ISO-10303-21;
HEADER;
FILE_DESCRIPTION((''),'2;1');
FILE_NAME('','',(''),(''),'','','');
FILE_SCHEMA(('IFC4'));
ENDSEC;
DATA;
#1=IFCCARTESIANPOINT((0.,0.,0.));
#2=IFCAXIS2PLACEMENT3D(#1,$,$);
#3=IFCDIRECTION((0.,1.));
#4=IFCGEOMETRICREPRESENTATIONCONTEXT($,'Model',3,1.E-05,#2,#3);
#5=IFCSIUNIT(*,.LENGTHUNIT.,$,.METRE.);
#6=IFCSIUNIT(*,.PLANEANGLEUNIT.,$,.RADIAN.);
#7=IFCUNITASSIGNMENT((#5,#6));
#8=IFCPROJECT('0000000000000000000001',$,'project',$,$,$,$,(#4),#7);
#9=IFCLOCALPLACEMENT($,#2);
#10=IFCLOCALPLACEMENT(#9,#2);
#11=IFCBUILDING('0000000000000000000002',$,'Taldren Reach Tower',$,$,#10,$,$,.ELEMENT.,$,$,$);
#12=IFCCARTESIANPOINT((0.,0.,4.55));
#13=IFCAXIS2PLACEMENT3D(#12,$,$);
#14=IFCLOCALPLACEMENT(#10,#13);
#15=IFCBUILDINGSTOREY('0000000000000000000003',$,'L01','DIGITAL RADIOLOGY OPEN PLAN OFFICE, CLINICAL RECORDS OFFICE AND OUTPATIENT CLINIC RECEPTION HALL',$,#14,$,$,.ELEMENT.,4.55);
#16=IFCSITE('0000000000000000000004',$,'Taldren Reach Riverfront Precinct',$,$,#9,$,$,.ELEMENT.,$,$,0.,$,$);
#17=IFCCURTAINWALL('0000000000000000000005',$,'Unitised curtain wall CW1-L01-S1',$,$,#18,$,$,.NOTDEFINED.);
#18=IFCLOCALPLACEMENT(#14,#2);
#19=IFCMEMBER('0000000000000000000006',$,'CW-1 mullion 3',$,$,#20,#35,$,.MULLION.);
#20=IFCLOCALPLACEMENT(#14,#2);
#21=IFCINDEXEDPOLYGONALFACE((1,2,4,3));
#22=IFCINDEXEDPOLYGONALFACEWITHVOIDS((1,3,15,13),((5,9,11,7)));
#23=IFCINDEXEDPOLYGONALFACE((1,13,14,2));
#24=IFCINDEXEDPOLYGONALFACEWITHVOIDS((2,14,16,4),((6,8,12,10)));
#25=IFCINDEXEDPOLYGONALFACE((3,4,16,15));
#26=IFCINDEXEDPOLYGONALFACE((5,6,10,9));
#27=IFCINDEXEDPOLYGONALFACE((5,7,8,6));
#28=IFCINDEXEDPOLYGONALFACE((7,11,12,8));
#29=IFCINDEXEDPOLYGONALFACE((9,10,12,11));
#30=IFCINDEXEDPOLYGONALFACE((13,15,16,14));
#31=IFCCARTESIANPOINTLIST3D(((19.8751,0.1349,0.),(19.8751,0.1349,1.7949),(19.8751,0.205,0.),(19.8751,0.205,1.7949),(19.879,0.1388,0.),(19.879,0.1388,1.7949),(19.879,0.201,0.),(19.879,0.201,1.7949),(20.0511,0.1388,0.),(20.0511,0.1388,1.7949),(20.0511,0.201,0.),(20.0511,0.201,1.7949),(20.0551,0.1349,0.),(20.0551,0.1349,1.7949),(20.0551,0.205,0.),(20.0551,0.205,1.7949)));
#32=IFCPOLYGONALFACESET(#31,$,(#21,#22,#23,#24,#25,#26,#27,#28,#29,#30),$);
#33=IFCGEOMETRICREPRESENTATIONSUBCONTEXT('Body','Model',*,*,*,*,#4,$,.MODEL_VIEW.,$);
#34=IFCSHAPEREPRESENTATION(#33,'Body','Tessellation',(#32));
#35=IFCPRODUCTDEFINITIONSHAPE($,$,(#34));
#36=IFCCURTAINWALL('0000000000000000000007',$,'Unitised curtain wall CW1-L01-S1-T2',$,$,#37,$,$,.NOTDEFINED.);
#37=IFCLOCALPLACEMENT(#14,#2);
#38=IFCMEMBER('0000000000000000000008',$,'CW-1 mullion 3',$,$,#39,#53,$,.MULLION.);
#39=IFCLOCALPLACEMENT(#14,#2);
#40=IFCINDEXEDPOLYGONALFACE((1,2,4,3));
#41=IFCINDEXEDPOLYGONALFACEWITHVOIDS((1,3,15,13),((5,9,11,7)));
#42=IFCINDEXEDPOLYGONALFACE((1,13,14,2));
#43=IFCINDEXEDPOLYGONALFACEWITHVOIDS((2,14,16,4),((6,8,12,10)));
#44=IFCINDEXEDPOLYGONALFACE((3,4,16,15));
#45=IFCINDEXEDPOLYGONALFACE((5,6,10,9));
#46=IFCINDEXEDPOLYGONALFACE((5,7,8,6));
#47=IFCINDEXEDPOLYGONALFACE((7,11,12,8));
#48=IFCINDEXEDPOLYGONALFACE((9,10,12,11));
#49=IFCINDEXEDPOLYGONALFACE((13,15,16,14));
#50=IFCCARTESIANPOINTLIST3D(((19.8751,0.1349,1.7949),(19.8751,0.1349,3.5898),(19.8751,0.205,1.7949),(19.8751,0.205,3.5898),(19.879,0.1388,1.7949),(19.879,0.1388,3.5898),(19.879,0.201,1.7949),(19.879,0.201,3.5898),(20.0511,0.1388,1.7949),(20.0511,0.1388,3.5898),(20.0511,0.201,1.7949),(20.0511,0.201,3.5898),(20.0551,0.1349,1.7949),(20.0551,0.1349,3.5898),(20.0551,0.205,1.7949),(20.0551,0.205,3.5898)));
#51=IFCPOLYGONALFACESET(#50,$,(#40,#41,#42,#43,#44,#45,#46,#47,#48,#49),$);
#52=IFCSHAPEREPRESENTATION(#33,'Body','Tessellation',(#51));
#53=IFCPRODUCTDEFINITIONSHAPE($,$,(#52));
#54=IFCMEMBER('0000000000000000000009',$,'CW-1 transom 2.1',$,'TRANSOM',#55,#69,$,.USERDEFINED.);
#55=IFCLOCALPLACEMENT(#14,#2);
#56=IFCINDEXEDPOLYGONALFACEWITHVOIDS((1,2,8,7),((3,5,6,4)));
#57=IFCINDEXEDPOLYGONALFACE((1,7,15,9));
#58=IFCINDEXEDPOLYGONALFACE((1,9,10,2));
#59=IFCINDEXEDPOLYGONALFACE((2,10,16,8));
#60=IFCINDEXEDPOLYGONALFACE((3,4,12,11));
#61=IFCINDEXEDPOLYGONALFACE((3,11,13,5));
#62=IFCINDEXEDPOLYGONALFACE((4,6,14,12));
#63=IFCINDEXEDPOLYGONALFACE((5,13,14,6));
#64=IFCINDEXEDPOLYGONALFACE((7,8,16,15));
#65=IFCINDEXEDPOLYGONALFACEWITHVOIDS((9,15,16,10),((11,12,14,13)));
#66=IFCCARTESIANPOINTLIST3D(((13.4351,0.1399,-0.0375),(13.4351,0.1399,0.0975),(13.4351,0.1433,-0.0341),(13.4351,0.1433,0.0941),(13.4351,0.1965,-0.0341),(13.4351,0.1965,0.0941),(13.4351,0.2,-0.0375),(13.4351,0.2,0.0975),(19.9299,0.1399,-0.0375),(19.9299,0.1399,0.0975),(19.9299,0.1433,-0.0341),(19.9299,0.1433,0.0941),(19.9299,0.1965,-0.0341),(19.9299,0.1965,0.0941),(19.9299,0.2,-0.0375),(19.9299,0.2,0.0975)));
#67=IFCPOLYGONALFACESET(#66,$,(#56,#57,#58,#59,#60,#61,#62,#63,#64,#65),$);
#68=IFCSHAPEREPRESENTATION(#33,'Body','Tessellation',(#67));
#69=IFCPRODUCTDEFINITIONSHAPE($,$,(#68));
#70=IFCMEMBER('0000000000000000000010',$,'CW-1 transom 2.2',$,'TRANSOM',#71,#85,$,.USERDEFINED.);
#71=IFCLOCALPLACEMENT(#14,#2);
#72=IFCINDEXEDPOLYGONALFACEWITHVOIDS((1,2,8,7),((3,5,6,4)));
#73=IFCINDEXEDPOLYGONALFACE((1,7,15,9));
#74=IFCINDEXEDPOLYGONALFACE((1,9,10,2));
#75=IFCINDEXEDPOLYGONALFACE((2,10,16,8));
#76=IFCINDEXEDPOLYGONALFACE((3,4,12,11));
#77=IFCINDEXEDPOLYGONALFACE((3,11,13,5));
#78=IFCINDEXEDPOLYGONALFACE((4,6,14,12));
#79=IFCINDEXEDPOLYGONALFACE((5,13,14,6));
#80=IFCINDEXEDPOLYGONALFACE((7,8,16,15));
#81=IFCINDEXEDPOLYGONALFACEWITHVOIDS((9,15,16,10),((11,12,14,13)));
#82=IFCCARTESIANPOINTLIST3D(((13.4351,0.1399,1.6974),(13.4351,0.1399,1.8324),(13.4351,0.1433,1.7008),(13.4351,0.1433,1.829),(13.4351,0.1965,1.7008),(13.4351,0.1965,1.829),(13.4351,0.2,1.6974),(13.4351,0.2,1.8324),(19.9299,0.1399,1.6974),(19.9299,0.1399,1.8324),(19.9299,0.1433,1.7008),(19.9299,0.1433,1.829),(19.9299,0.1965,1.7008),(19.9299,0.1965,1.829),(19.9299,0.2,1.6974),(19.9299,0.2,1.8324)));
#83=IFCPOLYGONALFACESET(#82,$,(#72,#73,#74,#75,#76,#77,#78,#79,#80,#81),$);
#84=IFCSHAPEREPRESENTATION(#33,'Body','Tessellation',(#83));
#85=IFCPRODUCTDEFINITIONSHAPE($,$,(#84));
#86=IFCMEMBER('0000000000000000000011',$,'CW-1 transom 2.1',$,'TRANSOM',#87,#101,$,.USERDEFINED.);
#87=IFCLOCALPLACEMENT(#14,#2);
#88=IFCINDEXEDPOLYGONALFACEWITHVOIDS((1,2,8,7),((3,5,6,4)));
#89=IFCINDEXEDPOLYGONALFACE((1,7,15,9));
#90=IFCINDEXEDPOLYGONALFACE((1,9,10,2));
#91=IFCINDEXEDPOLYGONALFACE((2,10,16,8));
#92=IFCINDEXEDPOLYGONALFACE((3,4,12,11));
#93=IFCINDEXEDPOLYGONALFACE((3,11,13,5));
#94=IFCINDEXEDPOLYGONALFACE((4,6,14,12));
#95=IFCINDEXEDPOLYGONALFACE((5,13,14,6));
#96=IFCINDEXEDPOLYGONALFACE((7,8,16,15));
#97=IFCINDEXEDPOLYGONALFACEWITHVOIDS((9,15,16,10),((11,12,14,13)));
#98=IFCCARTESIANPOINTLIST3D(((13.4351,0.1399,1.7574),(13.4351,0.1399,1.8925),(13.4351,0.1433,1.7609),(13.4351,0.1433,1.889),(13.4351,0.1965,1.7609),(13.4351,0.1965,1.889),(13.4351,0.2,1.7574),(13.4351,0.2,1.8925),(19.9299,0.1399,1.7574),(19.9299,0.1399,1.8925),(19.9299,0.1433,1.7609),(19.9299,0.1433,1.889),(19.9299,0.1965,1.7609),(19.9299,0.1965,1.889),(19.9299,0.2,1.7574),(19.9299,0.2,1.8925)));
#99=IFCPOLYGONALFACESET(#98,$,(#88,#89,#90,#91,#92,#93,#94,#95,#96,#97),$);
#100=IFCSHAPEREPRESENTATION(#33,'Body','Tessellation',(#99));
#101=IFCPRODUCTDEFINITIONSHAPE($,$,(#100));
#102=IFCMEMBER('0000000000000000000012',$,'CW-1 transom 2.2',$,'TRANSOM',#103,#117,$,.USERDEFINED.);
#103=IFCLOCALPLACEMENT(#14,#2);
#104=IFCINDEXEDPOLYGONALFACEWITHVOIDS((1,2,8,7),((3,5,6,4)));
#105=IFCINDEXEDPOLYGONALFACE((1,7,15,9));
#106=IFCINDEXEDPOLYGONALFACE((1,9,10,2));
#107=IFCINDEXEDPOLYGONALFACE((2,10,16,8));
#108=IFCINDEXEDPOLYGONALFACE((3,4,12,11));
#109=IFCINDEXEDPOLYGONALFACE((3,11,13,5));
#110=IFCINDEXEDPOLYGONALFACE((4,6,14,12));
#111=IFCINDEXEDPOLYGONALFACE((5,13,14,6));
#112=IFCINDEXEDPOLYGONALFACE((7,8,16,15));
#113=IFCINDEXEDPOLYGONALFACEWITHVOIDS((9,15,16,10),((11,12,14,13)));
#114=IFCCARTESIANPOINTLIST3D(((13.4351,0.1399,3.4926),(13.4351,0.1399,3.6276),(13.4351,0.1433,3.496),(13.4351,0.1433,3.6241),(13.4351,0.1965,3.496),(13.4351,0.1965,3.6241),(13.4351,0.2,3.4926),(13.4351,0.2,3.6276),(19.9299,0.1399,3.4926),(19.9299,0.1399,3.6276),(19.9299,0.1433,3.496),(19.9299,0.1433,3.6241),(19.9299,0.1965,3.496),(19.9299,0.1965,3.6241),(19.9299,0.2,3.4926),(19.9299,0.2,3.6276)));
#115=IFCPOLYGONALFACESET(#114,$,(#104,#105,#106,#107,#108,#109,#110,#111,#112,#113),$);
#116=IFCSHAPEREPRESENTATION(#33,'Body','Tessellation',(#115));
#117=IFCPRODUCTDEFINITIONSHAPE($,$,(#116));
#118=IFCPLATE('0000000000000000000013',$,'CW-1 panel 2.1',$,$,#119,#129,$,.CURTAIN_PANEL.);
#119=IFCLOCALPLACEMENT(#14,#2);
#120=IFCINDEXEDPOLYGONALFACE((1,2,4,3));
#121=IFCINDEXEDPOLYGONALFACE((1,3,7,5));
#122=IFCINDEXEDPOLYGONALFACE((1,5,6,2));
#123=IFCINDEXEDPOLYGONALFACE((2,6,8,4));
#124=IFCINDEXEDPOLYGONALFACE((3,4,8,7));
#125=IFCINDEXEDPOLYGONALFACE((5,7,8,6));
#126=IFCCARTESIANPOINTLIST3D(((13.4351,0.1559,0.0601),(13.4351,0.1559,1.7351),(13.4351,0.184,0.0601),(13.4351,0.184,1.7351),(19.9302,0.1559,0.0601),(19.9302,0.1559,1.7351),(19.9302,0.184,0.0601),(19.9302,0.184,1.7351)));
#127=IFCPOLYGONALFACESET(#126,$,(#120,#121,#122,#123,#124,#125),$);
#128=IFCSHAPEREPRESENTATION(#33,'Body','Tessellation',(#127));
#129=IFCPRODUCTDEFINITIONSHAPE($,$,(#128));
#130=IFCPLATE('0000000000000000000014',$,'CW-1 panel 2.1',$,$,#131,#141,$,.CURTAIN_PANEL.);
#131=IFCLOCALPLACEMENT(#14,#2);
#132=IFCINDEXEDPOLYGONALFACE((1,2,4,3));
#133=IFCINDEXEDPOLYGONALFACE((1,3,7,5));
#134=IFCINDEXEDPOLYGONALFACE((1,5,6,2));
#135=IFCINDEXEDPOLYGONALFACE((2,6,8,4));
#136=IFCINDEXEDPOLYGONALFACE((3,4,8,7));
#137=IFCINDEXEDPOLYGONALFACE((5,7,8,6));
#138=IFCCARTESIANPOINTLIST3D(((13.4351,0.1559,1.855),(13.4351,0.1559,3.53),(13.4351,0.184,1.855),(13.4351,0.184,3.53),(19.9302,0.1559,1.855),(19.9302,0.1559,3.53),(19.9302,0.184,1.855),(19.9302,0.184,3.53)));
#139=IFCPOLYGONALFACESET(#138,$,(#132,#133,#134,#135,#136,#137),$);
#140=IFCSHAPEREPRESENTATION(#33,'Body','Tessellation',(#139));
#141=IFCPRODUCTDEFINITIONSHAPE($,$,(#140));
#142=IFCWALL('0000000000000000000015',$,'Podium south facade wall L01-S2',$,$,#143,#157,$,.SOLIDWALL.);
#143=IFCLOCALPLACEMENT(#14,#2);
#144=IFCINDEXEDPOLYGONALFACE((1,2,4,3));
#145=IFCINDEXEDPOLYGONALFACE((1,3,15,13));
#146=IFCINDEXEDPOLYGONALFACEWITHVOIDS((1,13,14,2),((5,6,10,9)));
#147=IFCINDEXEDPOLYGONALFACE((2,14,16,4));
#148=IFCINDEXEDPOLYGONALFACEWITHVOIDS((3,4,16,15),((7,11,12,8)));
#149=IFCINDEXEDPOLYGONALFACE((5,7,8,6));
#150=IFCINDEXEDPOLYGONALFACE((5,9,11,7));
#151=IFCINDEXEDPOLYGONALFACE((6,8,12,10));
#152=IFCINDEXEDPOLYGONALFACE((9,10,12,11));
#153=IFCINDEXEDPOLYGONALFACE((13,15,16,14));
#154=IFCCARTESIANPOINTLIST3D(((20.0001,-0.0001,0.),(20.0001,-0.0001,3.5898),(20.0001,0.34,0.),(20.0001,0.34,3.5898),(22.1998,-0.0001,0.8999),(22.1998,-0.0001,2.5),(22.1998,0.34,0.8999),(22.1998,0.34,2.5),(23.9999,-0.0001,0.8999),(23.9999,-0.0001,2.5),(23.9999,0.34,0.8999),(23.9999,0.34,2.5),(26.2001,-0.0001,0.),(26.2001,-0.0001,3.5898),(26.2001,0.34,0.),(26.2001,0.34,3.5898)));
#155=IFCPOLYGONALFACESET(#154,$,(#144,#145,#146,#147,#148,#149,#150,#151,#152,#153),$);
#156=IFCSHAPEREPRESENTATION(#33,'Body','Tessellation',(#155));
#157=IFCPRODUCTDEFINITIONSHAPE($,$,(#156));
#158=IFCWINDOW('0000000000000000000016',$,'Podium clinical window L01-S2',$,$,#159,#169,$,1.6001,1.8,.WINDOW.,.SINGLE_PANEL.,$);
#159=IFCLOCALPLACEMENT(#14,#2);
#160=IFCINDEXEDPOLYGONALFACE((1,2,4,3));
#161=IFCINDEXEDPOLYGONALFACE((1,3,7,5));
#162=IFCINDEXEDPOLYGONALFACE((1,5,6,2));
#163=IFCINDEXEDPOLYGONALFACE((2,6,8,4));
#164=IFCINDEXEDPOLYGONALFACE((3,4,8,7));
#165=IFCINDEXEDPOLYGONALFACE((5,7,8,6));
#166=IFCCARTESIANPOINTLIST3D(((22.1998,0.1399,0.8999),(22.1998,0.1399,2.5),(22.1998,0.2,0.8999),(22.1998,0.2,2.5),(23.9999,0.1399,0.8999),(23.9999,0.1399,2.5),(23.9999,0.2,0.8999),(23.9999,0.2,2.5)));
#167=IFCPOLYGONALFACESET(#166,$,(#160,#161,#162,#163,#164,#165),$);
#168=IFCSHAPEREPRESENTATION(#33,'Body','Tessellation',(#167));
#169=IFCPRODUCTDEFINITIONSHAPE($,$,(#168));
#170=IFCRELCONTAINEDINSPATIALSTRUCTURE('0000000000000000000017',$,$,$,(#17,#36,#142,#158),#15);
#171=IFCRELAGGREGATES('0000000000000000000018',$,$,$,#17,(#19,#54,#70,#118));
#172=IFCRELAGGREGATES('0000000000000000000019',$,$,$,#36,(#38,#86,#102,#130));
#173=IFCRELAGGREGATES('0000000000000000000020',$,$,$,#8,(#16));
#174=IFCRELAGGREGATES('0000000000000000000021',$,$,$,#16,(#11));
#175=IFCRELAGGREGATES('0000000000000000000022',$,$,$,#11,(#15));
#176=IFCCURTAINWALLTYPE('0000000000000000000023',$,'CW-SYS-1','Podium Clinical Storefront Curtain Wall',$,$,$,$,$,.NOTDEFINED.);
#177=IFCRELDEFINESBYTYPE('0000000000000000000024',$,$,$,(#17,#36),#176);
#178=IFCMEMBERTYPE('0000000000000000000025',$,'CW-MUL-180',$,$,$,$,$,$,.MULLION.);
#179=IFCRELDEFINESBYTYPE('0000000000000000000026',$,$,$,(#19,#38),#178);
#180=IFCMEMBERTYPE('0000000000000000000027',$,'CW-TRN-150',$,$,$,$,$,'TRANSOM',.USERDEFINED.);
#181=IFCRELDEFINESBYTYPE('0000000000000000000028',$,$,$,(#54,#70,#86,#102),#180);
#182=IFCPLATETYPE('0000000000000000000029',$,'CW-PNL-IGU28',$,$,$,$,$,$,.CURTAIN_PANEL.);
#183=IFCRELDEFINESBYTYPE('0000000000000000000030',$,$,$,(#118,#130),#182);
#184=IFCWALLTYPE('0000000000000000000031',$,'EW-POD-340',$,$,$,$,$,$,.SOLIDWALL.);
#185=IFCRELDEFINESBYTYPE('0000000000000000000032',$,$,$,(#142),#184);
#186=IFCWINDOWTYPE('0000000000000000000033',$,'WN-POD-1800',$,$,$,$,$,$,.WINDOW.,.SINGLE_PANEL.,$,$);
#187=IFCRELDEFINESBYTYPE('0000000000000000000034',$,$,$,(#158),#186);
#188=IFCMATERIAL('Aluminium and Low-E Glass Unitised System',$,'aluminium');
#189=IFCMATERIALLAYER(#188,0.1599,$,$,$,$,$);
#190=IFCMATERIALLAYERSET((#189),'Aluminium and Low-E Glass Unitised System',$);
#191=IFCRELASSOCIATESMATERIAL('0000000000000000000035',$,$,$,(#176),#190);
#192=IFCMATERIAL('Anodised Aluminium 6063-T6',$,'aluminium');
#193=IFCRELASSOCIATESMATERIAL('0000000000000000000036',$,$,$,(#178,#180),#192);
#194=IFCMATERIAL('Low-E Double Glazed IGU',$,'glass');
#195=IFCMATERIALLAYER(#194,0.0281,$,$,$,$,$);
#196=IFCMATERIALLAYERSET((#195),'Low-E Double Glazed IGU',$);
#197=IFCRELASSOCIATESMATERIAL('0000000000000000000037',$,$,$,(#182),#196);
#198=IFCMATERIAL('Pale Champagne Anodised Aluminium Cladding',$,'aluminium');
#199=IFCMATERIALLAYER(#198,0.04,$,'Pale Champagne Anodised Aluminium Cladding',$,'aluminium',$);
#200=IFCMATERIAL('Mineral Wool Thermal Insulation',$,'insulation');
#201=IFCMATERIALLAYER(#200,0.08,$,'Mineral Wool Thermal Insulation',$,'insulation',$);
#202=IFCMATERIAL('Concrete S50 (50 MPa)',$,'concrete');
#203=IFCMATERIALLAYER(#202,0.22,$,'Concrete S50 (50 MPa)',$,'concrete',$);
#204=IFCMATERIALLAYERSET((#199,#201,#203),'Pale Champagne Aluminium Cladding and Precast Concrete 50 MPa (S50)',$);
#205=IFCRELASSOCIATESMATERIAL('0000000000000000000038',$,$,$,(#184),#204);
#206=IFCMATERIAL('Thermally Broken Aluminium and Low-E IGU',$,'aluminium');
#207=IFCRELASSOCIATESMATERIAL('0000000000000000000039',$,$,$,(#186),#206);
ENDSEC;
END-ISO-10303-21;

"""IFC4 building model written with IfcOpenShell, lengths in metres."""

from ifc_helpers import new_model, si_unit, direction, frame, frame_2d, origin, origin_2d, place, context, subcontext, project, spatial, rectangle, hollow_rectangle, extrude, source, transform, mapped, material, layer, layer_set, material_profile, profile_set, type_object, element, fill, aggregate, save


model = new_model("IFC4")

# Units and contexts
model_context = context("Model", 3, precision=1e-05, world=origin(), true_north=direction((0.0, 1.0)))
body_context = subcontext(model_context, "Body", "Model", "MODEL_VIEW")
ifc_project = project(units=[si_unit("LENGTHUNIT", "METRE"), si_unit("PLANEANGLEUNIT", "RADIAN")], contexts=[model_context])

# Site, building, storey
site_placement = place(None, origin())
site = spatial("IfcSite", under=ifc_project, at=site_placement, Name="Taldren Reach Riverfront Precinct", CompositionType="ELEMENT", RefElevation=0.0)
building_placement = place(site_placement, origin())
building = spatial("IfcBuilding", under=site, at=building_placement, Name="Taldren Reach Tower", CompositionType="ELEMENT")
storey_placement = place(building_placement, frame((0.0, 0.0, 4.55)))
storey = spatial("IfcBuildingStorey", under=building, at=storey_placement, Name="L01", Description="DIGITAL RADIOLOGY OPEN PLAN OFFICE, CLINICAL RECORDS OFFICE AND OUTPATIENT CLINIC RECEPTION HALL", CompositionType="ELEMENT", Elevation=4.55)

# Curtain walls, members
ifc_material_1 = material(Name="Aluminium and Low-E Glass Unitised System", Category="aluminium")
ifc_layer_1 = layer(ifc_material_1, 0.1599)
ifc_layer_set_1 = layer_set([ifc_layer_1], Name="Aluminium and Low-E Glass Unitised System")
curtain_wall_type = type_object("IfcCurtainWallType", Name="CW-SYS-1", Description="Podium Clinical Storefront Curtain Wall", PredefinedType="NOTDEFINED", material=ifc_layer_set_1)
curtain_wall_1_placement = place(storey_placement, origin())
curtain_wall_1 = element("IfcCurtainWall", 1, at=curtain_wall_1_placement, inside=storey, type_object=curtain_wall_type, Name="Unitised curtain wall CW1-L01-S1", PredefinedType="NOTDEFINED")
ifc_material_2 = material(Name="Anodised Aluminium 6063-T6", Category="aluminium")
ifc_material_profile_1 = material_profile(ifc_material_2, hollow_rectangle(XDim=0.0701, YDim=0.1799, WallThickness=0.0039, at=origin_2d()), Name="ALU-180x70x4RHS")
ifc_profile_set_1 = profile_set([ifc_material_profile_1], Name="Anodised Aluminium 6063-T6")
member_type_1 = type_object("IfcMemberType", Name="CW-MUL-180", PredefinedType="MULLION", material=ifc_profile_set_1)
shared_shape_1 = source(origin(), body_context, "Body", "SweptSolid", [
    extrude(hollow_rectangle(XDim=0.0701, YDim=0.1799, WallThickness=0.0039, at=origin_2d()), origin(), (0.0, 0.0, 1.0), 1.7949),
])
member_1_placement = place(storey_placement, frame((19.9651, 0.1699, 0.0), z_axis=(0.0, 0.0, 1.0), x_axis=(0.0, 1.0, 0.0)))
member_1 = element("IfcMember", 2, at=member_1_placement, type_object=member_type_1, Name="CW-1 mullion 3", PredefinedType="MULLION", context=body_context, shape_type="MappedRepresentation", body=[
    mapped(shared_shape_1, transform((0.0, 0.0, 0.0), scale=1.0)),
])
curtain_wall_2_placement = place(storey_placement, origin())
curtain_wall_2 = element("IfcCurtainWall", 3, at=curtain_wall_2_placement, inside=storey, type_object=curtain_wall_type, Name="Unitised curtain wall CW1-L01-S1-T2", PredefinedType="NOTDEFINED")
member_2_placement = place(storey_placement, frame((19.9651, 0.1699, 1.7949), z_axis=(0.0, 0.0, 1.0), x_axis=(0.0, 1.0, 0.0)))
member_2 = element("IfcMember", 4, at=member_2_placement, type_object=member_type_1, Name="CW-1 mullion 3", PredefinedType="MULLION", context=body_context, shape_type="MappedRepresentation", body=[
    mapped(shared_shape_1, transform((0.0, 0.0, 0.0), scale=1.0)),
])

# Members
ifc_material_profile_2 = material_profile(ifc_material_2, hollow_rectangle(XDim=0.0601, YDim=0.135, WallThickness=0.0034, at=origin_2d()), Name="ALU-135x60x3.5RHS")
ifc_profile_set_2 = profile_set([ifc_material_profile_2], Name="Anodised Aluminium 6063-T6")
member_type_2 = type_object("IfcMemberType", Name="CW-TRN-150", ElementType="TRANSOM", PredefinedType="USERDEFINED", material=ifc_profile_set_2)
shared_shape_2 = source(origin(), body_context, "Body", "SweptSolid", [
    extrude(hollow_rectangle(XDim=0.0601, YDim=0.135, WallThickness=0.0034, at=origin_2d()), origin(), (0.0, 0.0, 1.0), 6.4949),
])
member_3_placement = place(storey_placement, frame((13.4351, 0.1699, 0.03), z_axis=(1.0, 0.0, 0.0), x_axis=(0.0, 1.0, 0.0)))
member_3 = element("IfcMember", 5, at=member_3_placement, type_object=member_type_2, Name="CW-1 transom 2.1", ObjectType="TRANSOM", PredefinedType="USERDEFINED", context=body_context, shape_type="MappedRepresentation", body=[
    mapped(shared_shape_2, transform((0.0, 0.0, 0.0), scale=1.0)),
])
member_4_placement = place(storey_placement, frame((13.4351, 0.1699, 1.7649), z_axis=(1.0, 0.0, 0.0), x_axis=(0.0, 1.0, 0.0)))
member_4 = element("IfcMember", 6, at=member_4_placement, type_object=member_type_2, Name="CW-1 transom 2.2", ObjectType="TRANSOM", PredefinedType="USERDEFINED", context=body_context, shape_type="MappedRepresentation", body=[
    mapped(shared_shape_2, transform((0.0, 0.0, 0.0), scale=1.0)),
])
member_5_placement = place(storey_placement, frame((13.4351, 0.1699, 1.825), z_axis=(1.0, 0.0, 0.0), x_axis=(0.0, 1.0, 0.0)))
member_5 = element("IfcMember", 7, at=member_5_placement, type_object=member_type_2, Name="CW-1 transom 2.1", ObjectType="TRANSOM", PredefinedType="USERDEFINED", context=body_context, shape_type="MappedRepresentation", body=[
    mapped(shared_shape_2, transform((0.0, 0.0, 0.0), scale=1.0)),
])
member_6_placement = place(storey_placement, frame((13.4351, 0.1699, 3.5601), z_axis=(1.0, 0.0, 0.0), x_axis=(0.0, 1.0, 0.0)))
member_6 = element("IfcMember", 8, at=member_6_placement, type_object=member_type_2, Name="CW-1 transom 2.2", ObjectType="TRANSOM", PredefinedType="USERDEFINED", context=body_context, shape_type="MappedRepresentation", body=[
    mapped(shared_shape_2, transform((0.0, 0.0, 0.0), scale=1.0)),
])

# Plates
ifc_material_3 = material(Name="Low-E Double Glazed IGU", Category="glass")
ifc_layer_2 = layer(ifc_material_3, 0.0281)
ifc_layer_set_2 = layer_set([ifc_layer_2], Name="Low-E Double Glazed IGU")
plate_type = type_object("IfcPlateType", Name="CW-PNL-IGU28", PredefinedType="CURTAIN_PANEL", material=ifc_layer_set_2)
shared_shape_3 = source(origin(), body_context, "Body", "SweptSolid", [
    extrude(rectangle(XDim=6.4951, YDim=0.0281, at=origin_2d()), origin(), (0.0, 0.0, 1.0), 1.675),
])
plate_1_placement = place(storey_placement, frame((16.6826, 0.1699, 0.0601), z_axis=(0.0, 0.0, 1.0), x_axis=(1.0, 0.0, 0.0)))
plate_1 = element("IfcPlate", 9, at=plate_1_placement, type_object=plate_type, Name="CW-1 panel 2.1", PredefinedType="CURTAIN_PANEL", context=body_context, shape_type="MappedRepresentation", body=[
    mapped(shared_shape_3, transform((0.0, 0.0, 0.0), scale=1.0)),
])
aggregate(curtain_wall_1, [member_1, member_3, member_4, plate_1])
plate_2_placement = place(storey_placement, frame((16.6826, 0.1699, 1.855), z_axis=(0.0, 0.0, 1.0), x_axis=(1.0, 0.0, 0.0)))
plate_2 = element("IfcPlate", 10, at=plate_2_placement, type_object=plate_type, Name="CW-1 panel 2.1", PredefinedType="CURTAIN_PANEL", context=body_context, shape_type="MappedRepresentation", body=[
    mapped(shared_shape_3, transform((0.0, 0.0, 0.0), scale=1.0)),
])
aggregate(curtain_wall_2, [member_2, member_5, member_6, plate_2])

# Wall, opening, window
ifc_material_4 = material(Name="Pale Champagne Anodised Aluminium Cladding", Category="aluminium")
ifc_layer_3 = layer(ifc_material_4, 0.04, Name="Pale Champagne Anodised Aluminium Cladding", Category="aluminium")
ifc_material_5 = material(Name="Mineral Wool Thermal Insulation", Category="insulation")
ifc_layer_4 = layer(ifc_material_5, 0.08, Name="Mineral Wool Thermal Insulation", Category="insulation")
ifc_material_6 = material(Name="Concrete S50 (50 MPa)", Category="concrete")
ifc_layer_5 = layer(ifc_material_6, 0.22, Name="Concrete S50 (50 MPa)", Category="concrete")
ifc_layer_set_3 = layer_set([ifc_layer_3, ifc_layer_4, ifc_layer_5], Name="Pale Champagne Aluminium Cladding and Precast Concrete 50 MPa (S50)")
wall_type_1 = type_object("IfcWallType", Name="EW-POD-340", PredefinedType="SOLIDWALL", material=ifc_layer_set_3)
shared_shape_4 = source(origin(), body_context, "Body", "SweptSolid", [
    extrude(rectangle(XDim=6.2, YDim=0.3401, at=frame_2d((3.1001, 0.0))), origin(), (0.0, 0.0, 1.0), 3.5898),
])
wall_1_placement = place(storey_placement, frame((20.0, 0.1699, 0.0), z_axis=(0.0, 0.0, 1.0), x_axis=(1.0, 0.0, 0.0)))
wall_1 = element("IfcWall", 11, at=wall_1_placement, inside=storey, type_object=wall_type_1, Name="Podium south facade wall L01-S2", PredefinedType="SOLIDWALL", context=body_context, shape_type="MappedRepresentation", body=[
    mapped(shared_shape_4, transform((0.0, 0.0, 0.0), scale=1.0)),
])
shared_shape_5 = source(origin(), body_context, "Body", "SweptSolid", [
    extrude(rectangle(XDim=1.8, YDim=1.6001, at=frame_2d((0.8999, 0.8))), frame((0.0, 0.1802, 0.0), z_axis=(0.0, -1.0, 0.0), x_axis=(1.0, 0.0, 0.0)), (0.0, 0.0, 1.0), 0.3601),
])
opening_1_placement = place(wall_1_placement, frame((2.2, 0.0, 0.8999)))
opening_1 = element("IfcOpeningElement", 12, at=opening_1_placement, cuts=wall_1, PredefinedType="OPENING", context=body_context, shape_type="MappedRepresentation", body=[
    mapped(shared_shape_5, transform((0.0, 0.0, 0.0), scale=1.0)),
])
ifc_material_7 = material(Name="Thermally Broken Aluminium and Low-E IGU", Category="aluminium")
window_type = type_object("IfcWindowType", Name="WN-POD-1800", PartitioningType="SINGLE_PANEL", PredefinedType="WINDOW", material=ifc_material_7)
shared_shape_6 = source(origin(), body_context, "Body", "SweptSolid", [
    extrude(rectangle(XDim=1.8, YDim=1.6001, at=frame_2d((0.8999, 0.8))), frame((0.0, 0.03, 0.0), z_axis=(0.0, -1.0, 0.0), x_axis=(1.0, 0.0, 0.0)), (0.0, 0.0, 1.0), 0.0601),
])
window_placement = place(opening_1_placement, origin())
window = element("IfcWindow", 13, at=window_placement, inside=storey, type_object=window_type, Name="Podium clinical window L01-S2", OverallHeight=1.6001, OverallWidth=1.8, PartitioningType="SINGLE_PANEL", PredefinedType="WINDOW", context=body_context, shape_type="MappedRepresentation", body=[
    mapped(shared_shape_6, transform((0.0, 0.0, 0.0), scale=1.0)),
])
fill(opening_1, window)

save(model, "model.ifc")
